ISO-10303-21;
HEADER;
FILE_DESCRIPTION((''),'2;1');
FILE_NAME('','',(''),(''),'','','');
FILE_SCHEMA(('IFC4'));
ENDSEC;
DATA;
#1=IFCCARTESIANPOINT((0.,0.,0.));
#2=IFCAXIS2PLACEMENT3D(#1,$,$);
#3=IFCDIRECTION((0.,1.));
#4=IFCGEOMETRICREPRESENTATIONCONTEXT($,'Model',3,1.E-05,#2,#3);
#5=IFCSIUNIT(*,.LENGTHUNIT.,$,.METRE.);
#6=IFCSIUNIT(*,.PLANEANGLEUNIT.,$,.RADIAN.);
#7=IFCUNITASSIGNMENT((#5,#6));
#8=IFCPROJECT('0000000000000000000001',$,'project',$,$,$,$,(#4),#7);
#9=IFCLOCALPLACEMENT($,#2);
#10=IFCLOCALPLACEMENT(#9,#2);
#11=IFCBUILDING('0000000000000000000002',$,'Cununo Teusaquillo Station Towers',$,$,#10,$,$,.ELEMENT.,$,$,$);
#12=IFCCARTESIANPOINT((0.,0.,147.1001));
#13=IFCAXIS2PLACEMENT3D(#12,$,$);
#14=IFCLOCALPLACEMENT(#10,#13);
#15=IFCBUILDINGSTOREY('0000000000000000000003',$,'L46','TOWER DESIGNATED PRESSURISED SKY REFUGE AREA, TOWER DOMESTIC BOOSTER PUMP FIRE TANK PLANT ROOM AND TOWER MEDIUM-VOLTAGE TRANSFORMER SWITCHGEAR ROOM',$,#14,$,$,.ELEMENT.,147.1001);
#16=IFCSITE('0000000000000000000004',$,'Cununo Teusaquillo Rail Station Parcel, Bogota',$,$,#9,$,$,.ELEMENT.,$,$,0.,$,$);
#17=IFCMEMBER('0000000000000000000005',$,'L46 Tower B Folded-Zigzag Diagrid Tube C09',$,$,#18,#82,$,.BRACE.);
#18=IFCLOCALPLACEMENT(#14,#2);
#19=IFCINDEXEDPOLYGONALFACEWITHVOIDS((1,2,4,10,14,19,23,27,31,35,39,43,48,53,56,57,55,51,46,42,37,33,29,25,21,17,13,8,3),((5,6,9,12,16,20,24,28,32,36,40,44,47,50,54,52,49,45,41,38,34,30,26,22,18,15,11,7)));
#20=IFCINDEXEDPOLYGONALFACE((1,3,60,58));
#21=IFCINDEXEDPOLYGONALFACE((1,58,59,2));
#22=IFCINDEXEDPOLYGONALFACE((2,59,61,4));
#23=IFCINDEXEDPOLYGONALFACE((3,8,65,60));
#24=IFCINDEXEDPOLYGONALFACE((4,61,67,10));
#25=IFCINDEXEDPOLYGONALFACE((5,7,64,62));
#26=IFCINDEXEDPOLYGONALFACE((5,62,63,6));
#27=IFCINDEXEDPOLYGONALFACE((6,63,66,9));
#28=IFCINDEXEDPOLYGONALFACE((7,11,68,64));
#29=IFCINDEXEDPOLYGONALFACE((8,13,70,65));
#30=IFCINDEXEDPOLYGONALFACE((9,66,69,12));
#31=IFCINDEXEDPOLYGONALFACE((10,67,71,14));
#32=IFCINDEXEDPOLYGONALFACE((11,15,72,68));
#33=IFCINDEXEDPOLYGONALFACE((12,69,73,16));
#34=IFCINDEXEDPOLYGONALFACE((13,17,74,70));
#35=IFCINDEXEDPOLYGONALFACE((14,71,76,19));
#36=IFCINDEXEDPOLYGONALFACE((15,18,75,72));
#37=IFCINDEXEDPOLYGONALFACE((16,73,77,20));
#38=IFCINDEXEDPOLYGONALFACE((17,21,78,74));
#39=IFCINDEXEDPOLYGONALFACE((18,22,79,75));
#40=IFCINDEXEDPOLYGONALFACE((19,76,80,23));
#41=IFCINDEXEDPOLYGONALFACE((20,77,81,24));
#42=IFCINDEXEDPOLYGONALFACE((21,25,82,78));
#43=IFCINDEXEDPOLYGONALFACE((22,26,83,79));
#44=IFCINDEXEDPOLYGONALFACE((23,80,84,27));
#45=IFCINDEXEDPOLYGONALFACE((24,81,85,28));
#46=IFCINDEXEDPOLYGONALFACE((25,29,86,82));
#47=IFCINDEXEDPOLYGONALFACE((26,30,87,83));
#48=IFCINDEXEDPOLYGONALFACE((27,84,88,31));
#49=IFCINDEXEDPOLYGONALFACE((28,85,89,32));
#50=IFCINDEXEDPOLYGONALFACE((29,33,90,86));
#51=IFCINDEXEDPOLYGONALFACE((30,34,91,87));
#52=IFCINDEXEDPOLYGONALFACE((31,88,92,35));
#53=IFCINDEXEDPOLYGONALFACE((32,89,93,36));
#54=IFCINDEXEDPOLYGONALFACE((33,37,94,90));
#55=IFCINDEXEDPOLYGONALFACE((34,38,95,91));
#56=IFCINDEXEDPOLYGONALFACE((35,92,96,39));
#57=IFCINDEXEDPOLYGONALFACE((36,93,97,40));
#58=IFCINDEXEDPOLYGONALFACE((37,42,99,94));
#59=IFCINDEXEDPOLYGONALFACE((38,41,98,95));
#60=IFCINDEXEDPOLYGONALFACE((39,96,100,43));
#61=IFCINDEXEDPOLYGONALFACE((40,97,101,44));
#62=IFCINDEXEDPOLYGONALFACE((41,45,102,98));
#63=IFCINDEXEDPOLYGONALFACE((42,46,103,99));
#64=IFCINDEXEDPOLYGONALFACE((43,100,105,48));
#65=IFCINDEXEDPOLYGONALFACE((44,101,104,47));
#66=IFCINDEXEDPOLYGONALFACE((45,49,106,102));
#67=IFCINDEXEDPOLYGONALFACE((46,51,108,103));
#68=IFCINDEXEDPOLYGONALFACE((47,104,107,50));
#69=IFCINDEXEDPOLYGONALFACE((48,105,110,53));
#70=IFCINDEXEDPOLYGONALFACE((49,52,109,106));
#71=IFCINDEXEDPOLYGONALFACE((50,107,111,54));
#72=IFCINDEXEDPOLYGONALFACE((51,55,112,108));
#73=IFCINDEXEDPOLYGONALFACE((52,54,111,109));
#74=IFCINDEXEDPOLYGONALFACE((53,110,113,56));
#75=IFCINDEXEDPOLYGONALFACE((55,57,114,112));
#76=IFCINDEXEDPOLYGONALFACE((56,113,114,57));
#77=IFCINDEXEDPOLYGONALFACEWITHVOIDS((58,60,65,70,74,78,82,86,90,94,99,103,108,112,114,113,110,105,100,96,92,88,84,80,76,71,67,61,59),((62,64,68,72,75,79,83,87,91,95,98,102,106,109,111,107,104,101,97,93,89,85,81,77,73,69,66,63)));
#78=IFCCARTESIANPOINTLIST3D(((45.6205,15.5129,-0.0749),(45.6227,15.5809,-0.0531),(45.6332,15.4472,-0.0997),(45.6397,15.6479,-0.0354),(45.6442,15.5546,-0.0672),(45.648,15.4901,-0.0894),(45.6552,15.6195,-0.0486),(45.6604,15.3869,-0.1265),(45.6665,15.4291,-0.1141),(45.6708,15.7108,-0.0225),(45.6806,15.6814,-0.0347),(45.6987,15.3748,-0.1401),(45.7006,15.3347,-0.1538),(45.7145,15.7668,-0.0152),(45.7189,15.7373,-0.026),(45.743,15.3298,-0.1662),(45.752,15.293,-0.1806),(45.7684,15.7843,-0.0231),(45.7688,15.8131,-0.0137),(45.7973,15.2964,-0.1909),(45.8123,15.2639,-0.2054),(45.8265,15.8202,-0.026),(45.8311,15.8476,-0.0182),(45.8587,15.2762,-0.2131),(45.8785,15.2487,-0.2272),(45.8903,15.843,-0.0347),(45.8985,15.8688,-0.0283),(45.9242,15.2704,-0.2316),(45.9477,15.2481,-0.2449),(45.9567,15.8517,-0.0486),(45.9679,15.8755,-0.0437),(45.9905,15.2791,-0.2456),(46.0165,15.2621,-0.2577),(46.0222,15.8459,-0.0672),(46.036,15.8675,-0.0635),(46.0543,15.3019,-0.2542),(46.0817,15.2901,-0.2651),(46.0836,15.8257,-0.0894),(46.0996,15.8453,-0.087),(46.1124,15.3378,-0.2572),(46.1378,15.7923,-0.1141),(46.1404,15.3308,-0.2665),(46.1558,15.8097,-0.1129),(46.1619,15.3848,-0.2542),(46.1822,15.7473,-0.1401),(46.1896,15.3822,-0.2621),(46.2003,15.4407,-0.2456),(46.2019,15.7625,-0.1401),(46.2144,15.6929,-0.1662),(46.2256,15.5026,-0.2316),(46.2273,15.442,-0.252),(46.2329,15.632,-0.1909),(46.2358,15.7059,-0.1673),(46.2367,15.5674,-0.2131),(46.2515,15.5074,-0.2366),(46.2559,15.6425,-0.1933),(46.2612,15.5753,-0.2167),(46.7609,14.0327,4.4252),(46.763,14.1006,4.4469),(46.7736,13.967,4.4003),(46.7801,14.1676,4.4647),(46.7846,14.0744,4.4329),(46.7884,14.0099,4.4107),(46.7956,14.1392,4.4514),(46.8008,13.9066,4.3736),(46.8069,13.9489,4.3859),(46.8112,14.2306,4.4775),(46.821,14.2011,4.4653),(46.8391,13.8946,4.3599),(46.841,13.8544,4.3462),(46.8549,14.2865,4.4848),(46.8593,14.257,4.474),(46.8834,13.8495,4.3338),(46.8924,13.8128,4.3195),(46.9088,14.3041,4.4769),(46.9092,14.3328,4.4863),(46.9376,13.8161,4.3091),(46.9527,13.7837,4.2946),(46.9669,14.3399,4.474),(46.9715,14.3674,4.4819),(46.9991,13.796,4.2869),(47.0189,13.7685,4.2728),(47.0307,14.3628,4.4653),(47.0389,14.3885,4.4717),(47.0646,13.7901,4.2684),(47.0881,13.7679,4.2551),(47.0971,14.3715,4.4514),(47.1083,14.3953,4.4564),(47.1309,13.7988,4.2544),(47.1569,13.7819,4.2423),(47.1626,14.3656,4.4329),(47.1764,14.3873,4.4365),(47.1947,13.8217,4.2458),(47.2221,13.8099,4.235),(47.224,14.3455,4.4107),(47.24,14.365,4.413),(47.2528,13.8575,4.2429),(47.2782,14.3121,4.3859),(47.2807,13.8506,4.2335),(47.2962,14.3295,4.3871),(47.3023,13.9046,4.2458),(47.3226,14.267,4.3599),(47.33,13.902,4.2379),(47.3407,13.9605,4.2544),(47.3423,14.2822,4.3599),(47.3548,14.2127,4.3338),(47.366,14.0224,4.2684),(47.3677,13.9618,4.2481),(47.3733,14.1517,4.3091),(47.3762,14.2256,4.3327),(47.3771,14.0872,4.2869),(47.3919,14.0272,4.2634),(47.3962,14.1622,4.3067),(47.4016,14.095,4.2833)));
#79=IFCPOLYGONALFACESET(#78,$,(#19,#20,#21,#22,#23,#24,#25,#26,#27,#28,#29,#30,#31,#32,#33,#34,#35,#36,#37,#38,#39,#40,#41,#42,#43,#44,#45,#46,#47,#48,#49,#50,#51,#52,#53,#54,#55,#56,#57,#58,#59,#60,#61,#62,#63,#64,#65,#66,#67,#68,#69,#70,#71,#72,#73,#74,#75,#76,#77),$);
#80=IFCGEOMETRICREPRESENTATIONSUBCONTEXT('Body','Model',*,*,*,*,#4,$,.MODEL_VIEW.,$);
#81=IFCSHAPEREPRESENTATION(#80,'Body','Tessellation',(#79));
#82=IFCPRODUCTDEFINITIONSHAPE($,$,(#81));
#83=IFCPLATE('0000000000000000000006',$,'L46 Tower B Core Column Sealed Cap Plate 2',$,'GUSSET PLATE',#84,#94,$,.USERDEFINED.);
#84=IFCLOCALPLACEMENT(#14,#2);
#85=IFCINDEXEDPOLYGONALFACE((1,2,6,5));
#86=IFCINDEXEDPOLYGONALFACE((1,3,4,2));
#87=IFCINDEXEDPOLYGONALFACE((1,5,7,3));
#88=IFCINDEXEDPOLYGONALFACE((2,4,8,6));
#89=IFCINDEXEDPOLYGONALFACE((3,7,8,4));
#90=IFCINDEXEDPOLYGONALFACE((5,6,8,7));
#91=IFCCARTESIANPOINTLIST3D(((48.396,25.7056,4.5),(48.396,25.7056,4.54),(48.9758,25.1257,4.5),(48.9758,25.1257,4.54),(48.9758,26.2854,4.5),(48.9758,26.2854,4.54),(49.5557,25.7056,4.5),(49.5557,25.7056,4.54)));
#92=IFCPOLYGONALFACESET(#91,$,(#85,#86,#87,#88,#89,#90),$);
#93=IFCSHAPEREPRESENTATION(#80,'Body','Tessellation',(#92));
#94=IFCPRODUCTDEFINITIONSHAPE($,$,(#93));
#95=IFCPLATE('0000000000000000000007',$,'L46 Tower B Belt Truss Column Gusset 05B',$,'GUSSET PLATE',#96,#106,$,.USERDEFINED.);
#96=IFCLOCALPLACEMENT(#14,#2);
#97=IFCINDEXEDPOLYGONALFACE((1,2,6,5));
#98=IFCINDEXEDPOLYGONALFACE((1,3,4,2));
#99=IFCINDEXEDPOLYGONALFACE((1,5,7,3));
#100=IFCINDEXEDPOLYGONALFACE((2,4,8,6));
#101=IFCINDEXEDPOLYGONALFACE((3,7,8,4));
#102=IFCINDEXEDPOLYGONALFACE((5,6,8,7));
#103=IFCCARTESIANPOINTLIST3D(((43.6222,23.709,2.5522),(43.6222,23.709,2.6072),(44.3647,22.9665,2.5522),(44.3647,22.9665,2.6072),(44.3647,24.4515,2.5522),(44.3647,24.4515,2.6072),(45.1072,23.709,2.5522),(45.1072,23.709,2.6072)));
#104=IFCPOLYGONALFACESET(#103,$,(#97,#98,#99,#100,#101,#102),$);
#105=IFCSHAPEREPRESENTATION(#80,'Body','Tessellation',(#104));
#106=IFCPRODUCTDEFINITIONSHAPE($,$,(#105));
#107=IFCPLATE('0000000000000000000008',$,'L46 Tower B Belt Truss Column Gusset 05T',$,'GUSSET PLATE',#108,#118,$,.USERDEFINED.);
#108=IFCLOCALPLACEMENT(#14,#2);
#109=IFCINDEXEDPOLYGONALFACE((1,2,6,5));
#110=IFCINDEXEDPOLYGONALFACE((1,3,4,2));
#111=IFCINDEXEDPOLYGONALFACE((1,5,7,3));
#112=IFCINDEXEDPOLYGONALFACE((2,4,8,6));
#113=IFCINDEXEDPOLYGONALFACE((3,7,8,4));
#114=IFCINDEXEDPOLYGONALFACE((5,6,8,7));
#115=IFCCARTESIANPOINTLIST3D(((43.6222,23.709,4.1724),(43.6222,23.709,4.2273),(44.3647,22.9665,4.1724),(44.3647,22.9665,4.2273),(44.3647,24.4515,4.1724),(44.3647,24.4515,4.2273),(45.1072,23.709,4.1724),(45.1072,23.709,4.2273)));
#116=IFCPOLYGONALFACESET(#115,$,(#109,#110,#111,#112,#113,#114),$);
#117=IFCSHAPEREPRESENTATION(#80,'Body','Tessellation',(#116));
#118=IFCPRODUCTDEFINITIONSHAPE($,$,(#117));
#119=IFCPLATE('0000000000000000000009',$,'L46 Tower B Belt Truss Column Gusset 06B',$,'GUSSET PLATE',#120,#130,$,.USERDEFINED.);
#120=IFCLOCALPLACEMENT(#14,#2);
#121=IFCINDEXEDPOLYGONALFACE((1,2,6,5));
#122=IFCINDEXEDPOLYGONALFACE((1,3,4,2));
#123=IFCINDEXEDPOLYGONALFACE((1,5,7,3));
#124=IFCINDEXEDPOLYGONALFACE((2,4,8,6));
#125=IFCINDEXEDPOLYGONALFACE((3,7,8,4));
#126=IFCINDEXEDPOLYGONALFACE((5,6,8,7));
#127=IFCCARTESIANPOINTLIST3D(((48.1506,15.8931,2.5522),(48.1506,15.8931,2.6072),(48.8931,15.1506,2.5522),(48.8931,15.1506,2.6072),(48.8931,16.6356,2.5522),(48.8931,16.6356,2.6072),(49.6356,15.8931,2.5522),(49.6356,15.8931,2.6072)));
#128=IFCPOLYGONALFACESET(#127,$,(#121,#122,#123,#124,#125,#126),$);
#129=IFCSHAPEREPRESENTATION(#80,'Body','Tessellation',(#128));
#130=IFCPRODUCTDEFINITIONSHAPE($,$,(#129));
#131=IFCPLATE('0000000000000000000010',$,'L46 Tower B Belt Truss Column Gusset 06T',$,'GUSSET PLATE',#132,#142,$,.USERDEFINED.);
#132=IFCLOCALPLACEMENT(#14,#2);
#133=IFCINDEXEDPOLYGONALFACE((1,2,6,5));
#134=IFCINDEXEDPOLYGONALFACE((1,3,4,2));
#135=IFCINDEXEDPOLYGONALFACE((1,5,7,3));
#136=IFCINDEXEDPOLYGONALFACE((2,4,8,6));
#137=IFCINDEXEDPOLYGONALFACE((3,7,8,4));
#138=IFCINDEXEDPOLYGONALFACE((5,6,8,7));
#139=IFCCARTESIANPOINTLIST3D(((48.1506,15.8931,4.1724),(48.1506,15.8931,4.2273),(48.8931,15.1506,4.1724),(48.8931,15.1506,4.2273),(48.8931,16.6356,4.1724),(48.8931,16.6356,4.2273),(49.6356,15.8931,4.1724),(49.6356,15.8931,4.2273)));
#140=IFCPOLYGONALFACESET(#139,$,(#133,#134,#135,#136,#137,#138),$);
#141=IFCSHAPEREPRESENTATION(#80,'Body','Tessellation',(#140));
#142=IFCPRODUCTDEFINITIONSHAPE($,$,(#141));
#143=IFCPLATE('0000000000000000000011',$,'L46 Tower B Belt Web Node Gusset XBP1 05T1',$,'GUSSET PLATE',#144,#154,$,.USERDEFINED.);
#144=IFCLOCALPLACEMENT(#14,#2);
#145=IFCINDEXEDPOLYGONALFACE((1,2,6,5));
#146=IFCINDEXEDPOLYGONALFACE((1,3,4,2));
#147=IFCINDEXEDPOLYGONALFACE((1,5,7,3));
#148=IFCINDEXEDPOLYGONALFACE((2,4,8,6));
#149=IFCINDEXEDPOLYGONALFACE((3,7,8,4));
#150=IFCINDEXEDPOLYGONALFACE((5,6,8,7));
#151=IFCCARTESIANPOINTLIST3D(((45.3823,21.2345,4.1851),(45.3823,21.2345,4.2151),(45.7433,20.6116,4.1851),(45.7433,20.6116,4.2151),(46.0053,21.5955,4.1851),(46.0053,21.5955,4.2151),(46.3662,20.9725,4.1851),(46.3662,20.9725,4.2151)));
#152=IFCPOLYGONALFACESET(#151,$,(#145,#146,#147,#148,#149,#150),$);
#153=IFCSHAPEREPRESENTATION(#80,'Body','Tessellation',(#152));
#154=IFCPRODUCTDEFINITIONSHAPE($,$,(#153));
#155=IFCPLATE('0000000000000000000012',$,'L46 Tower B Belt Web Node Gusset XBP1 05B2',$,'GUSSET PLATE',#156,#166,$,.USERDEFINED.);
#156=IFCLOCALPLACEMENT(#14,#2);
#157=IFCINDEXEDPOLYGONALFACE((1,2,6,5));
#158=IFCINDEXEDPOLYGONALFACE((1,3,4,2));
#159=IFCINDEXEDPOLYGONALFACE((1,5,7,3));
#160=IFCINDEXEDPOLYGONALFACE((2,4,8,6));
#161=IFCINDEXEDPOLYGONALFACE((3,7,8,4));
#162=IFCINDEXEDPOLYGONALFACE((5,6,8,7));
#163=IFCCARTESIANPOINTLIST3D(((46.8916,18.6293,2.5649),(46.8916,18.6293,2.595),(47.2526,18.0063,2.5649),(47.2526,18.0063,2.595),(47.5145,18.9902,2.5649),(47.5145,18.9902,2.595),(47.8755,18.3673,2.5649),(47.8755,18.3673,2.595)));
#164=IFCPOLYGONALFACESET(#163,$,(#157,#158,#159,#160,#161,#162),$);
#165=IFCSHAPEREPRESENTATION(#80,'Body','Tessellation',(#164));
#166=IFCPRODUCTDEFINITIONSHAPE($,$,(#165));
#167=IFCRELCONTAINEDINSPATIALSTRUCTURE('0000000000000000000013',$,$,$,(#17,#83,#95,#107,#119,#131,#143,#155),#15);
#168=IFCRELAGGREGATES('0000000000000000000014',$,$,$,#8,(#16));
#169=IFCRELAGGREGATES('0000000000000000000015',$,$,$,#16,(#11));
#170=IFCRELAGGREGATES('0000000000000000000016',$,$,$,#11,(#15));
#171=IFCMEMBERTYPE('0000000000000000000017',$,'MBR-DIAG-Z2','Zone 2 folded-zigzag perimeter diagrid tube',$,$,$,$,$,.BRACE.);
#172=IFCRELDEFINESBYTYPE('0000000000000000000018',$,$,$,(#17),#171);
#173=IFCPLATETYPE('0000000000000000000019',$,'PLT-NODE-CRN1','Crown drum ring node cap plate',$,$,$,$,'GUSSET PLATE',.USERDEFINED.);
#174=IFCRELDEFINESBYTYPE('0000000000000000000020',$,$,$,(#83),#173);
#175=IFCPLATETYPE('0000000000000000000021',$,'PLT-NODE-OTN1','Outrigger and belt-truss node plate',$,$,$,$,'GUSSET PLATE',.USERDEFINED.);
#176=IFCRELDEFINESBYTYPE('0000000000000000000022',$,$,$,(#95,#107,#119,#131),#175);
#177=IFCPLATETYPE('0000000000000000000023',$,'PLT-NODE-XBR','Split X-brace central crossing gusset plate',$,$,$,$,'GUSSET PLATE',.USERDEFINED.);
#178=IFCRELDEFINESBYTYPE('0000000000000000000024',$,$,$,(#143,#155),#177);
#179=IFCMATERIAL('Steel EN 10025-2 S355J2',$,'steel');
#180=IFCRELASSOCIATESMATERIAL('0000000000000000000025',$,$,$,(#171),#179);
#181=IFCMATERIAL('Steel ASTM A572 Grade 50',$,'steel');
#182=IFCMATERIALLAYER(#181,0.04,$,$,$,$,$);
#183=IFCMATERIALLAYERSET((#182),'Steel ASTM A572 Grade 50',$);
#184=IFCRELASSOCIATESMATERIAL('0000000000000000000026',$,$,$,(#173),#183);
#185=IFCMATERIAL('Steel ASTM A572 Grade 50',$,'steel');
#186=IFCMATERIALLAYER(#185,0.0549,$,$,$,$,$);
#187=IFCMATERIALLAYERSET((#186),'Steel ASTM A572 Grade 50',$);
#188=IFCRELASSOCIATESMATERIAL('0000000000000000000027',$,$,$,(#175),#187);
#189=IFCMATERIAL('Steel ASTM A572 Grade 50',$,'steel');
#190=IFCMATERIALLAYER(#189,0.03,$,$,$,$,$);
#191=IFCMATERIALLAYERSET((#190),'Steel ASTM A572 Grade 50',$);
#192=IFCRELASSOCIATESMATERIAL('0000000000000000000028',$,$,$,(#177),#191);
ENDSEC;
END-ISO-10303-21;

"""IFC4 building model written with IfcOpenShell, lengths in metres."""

from ifc_helpers import new_model, si_unit, direction, frame, origin, origin_2d, place, context, subcontext, project, spatial, rectangle, hollow_circle, extrude, source, transform, mapped, material, layer, layer_set, material_profile, profile_set, type_object, element, save


model = new_model("IFC4")

# Units and contexts
model_context = context("Model", 3, precision=1e-05, world=origin(), true_north=direction((0.0, 1.0)))
body_context = subcontext(model_context, "Body", "Model", "MODEL_VIEW")
ifc_project = project(units=[si_unit("LENGTHUNIT", "METRE"), si_unit("PLANEANGLEUNIT", "RADIAN")], contexts=[model_context])

# Site, building, storey
site_placement = place(None, origin())
site = spatial("IfcSite", under=ifc_project, at=site_placement, Name="Cununo Teusaquillo Rail Station Parcel, Bogota", CompositionType="ELEMENT", RefElevation=0.0)
building_placement = place(site_placement, origin())
building = spatial("IfcBuilding", under=site, at=building_placement, Name="Cununo Teusaquillo Station Towers", CompositionType="ELEMENT")
storey_placement = place(building_placement, frame((0.0, 0.0, 147.1001)))
storey = spatial("IfcBuildingStorey", under=building, at=storey_placement, Name="L46", Description="TOWER DESIGNATED PRESSURISED SKY REFUGE AREA, TOWER DOMESTIC BOOSTER PUMP FIRE TANK PLANT ROOM AND TOWER MEDIUM-VOLTAGE TRANSFORMER SWITCHGEAR ROOM", CompositionType="ELEMENT", Elevation=147.1001)

# Member
ifc_material_1 = material(Name="Steel EN 10025-2 S355J2", Category="steel")
ifc_material_profile_1 = material_profile(ifc_material_1, hollow_circle(Radius=0.3301, WallThickness=0.0249, at=origin_2d()), Name="CHS 660x25")
ifc_profile_set_1 = profile_set([ifc_material_profile_1], Name="Steel EN 10025-2 S355J2")
member_type_1 = type_object("IfcMemberType", Name="MBR-DIAG-Z2", Description="Zone 2 folded-zigzag perimeter diagrid tube", PredefinedType="BRACE", material=ifc_profile_set_1)
member_1_placement = place(storey_placement, frame((45.9404, 15.561, -0.1401), z_axis=(0.234043, -0.30379, 0.923545), x_axis=(0.792172, 0.610298, 0.0)))
element("IfcMember", 1, at=member_1_placement, inside=storey, type_object=member_type_1, Name="L46 Tower B Folded-Zigzag Diagrid Tube C09", PredefinedType="BRACE", context=body_context, shape_type="SweptSolid", body=[
    extrude(hollow_circle(Radius=0.3301, WallThickness=0.0249, at=origin_2d()), origin(), (0.0, 0.0, 1.0), 4.8726),
])

# Plates
ifc_material_2 = material(Name="Steel ASTM A572 Grade 50", Category="steel")
ifc_layer_1 = layer(ifc_material_2, 0.04)
ifc_layer_set_1 = layer_set([ifc_layer_1], Name="Steel ASTM A572 Grade 50")
plate_type_1 = type_object("IfcPlateType", Name="PLT-NODE-CRN1", Description="Crown drum ring node cap plate", ElementType="GUSSET PLATE", PredefinedType="USERDEFINED", material=ifc_layer_set_1)
shared_shape_1 = source(origin(), body_context, "Body", "SweptSolid", [
    extrude(rectangle(XDim=0.8201, YDim=0.8201, at=origin_2d()), origin(), (0.0, 0.0, 1.0), 0.04),
])
plate_placement = place(storey_placement, frame((48.9758, 25.7056, 4.5), z_axis=(0.0, 0.0, 1.0), x_axis=(0.707107, 0.707107, 0.0)))
element("IfcPlate", 2, at=plate_placement, inside=storey, type_object=plate_type_1, Name="L46 Tower B Core Column Sealed Cap Plate 2", ObjectType="GUSSET PLATE", PredefinedType="USERDEFINED", context=body_context, shape_type="MappedRepresentation", body=[
    mapped(shared_shape_1, transform((0.0, 0.0, 0.0), x_axis=(1.0, 0.0, 0.0), y_axis=(0.0, 1.0, 0.0), z_axis=(0.0, 0.0, 1.0), scale=1.0)),
])
ifc_material_3 = material(Name="Steel ASTM A572 Grade 50", Category="steel")
ifc_layer_2 = layer(ifc_material_3, 0.0549)
ifc_layer_set_2 = layer_set([ifc_layer_2], Name="Steel ASTM A572 Grade 50")
plate_type_2 = type_object("IfcPlateType", Name="PLT-NODE-OTN1", Description="Outrigger and belt-truss node plate", ElementType="GUSSET PLATE", PredefinedType="USERDEFINED", material=ifc_layer_set_2)
shared_shape_2 = source(origin(), body_context, "Body", "SweptSolid", [
    extrude(rectangle(XDim=1.05, YDim=1.05, at=origin_2d()), origin(), (0.0, 0.0, 1.0), 0.0549),
])
for number, where, z_axis, x_axis, name in (
    (3, (44.3647, 23.709, 2.5522), (0.0, 0.0, 1.0), (0.707107, 0.707107, 0.0), "L46 Tower B Belt Truss Column Gusset 05B"),
    (4, (44.3647, 23.709, 4.1724), (0.0, 0.0, 1.0), (0.707107, 0.707107, 0.0), "L46 Tower B Belt Truss Column Gusset 05T"),
    (5, (48.8931, 15.8931, 2.5522), (0.0, 0.0, 1.0), (0.707107, 0.707107, 0.0), "L46 Tower B Belt Truss Column Gusset 06B"),
    (6, (48.8931, 15.8931, 4.1724), (0.0, 0.0, 1.0), (0.707107, 0.707107, 0.0), "L46 Tower B Belt Truss Column Gusset 06T"),
):
    element("IfcPlate", number, at=place(storey_placement, frame(where, z_axis=z_axis, x_axis=x_axis)), inside=storey, type_object=plate_type_2, Name=name, ObjectType="GUSSET PLATE", PredefinedType="USERDEFINED", context=body_context, shape_type="MappedRepresentation", body=[
        mapped(shared_shape_2, transform((0.0, 0.0, 0.0), x_axis=(1.0, 0.0, 0.0), y_axis=(0.0, 1.0, 0.0), z_axis=(0.0, 0.0, 1.0), scale=1.0)),
    ])
ifc_material_4 = material(Name="Steel ASTM A572 Grade 50", Category="steel")
ifc_layer_3 = layer(ifc_material_4, 0.03)
ifc_layer_set_3 = layer_set([ifc_layer_3], Name="Steel ASTM A572 Grade 50")
plate_type_3 = type_object("IfcPlateType", Name="PLT-NODE-XBR", Description="Split X-brace central crossing gusset plate", ElementType="GUSSET PLATE", PredefinedType="USERDEFINED", material=ifc_layer_set_3)
shared_shape_3 = source(origin(), body_context, "Body", "SweptSolid", [
    extrude(rectangle(XDim=0.72, YDim=0.72, at=origin_2d()), origin(), (0.0, 0.0, 1.0), 0.03),
])
for number, where, z_axis, x_axis, name in (
    (7, (45.8743, 21.1035, 4.1851), (0.0, 0.0, 1.0), (0.50136, -0.865239, 0.0), "L46 Tower B Belt Web Node Gusset XBP1 05T1"),
    (8, (47.3835, 18.4983, 2.5649), (0.0, 0.0, 1.0), (0.50136, -0.865239, 0.0), "L46 Tower B Belt Web Node Gusset XBP1 05B2"),
):
    element("IfcPlate", number, at=place(storey_placement, frame(where, z_axis=z_axis, x_axis=x_axis)), inside=storey, type_object=plate_type_3, Name=name, ObjectType="GUSSET PLATE", PredefinedType="USERDEFINED", context=body_context, shape_type="MappedRepresentation", body=[
        mapped(shared_shape_3, transform((0.0, 0.0, 0.0), x_axis=(1.0, 0.0, 0.0), y_axis=(0.0, 1.0, 0.0), z_axis=(0.0, 0.0, 1.0), scale=1.0)),
    ])

save(model, "model.ifc")
